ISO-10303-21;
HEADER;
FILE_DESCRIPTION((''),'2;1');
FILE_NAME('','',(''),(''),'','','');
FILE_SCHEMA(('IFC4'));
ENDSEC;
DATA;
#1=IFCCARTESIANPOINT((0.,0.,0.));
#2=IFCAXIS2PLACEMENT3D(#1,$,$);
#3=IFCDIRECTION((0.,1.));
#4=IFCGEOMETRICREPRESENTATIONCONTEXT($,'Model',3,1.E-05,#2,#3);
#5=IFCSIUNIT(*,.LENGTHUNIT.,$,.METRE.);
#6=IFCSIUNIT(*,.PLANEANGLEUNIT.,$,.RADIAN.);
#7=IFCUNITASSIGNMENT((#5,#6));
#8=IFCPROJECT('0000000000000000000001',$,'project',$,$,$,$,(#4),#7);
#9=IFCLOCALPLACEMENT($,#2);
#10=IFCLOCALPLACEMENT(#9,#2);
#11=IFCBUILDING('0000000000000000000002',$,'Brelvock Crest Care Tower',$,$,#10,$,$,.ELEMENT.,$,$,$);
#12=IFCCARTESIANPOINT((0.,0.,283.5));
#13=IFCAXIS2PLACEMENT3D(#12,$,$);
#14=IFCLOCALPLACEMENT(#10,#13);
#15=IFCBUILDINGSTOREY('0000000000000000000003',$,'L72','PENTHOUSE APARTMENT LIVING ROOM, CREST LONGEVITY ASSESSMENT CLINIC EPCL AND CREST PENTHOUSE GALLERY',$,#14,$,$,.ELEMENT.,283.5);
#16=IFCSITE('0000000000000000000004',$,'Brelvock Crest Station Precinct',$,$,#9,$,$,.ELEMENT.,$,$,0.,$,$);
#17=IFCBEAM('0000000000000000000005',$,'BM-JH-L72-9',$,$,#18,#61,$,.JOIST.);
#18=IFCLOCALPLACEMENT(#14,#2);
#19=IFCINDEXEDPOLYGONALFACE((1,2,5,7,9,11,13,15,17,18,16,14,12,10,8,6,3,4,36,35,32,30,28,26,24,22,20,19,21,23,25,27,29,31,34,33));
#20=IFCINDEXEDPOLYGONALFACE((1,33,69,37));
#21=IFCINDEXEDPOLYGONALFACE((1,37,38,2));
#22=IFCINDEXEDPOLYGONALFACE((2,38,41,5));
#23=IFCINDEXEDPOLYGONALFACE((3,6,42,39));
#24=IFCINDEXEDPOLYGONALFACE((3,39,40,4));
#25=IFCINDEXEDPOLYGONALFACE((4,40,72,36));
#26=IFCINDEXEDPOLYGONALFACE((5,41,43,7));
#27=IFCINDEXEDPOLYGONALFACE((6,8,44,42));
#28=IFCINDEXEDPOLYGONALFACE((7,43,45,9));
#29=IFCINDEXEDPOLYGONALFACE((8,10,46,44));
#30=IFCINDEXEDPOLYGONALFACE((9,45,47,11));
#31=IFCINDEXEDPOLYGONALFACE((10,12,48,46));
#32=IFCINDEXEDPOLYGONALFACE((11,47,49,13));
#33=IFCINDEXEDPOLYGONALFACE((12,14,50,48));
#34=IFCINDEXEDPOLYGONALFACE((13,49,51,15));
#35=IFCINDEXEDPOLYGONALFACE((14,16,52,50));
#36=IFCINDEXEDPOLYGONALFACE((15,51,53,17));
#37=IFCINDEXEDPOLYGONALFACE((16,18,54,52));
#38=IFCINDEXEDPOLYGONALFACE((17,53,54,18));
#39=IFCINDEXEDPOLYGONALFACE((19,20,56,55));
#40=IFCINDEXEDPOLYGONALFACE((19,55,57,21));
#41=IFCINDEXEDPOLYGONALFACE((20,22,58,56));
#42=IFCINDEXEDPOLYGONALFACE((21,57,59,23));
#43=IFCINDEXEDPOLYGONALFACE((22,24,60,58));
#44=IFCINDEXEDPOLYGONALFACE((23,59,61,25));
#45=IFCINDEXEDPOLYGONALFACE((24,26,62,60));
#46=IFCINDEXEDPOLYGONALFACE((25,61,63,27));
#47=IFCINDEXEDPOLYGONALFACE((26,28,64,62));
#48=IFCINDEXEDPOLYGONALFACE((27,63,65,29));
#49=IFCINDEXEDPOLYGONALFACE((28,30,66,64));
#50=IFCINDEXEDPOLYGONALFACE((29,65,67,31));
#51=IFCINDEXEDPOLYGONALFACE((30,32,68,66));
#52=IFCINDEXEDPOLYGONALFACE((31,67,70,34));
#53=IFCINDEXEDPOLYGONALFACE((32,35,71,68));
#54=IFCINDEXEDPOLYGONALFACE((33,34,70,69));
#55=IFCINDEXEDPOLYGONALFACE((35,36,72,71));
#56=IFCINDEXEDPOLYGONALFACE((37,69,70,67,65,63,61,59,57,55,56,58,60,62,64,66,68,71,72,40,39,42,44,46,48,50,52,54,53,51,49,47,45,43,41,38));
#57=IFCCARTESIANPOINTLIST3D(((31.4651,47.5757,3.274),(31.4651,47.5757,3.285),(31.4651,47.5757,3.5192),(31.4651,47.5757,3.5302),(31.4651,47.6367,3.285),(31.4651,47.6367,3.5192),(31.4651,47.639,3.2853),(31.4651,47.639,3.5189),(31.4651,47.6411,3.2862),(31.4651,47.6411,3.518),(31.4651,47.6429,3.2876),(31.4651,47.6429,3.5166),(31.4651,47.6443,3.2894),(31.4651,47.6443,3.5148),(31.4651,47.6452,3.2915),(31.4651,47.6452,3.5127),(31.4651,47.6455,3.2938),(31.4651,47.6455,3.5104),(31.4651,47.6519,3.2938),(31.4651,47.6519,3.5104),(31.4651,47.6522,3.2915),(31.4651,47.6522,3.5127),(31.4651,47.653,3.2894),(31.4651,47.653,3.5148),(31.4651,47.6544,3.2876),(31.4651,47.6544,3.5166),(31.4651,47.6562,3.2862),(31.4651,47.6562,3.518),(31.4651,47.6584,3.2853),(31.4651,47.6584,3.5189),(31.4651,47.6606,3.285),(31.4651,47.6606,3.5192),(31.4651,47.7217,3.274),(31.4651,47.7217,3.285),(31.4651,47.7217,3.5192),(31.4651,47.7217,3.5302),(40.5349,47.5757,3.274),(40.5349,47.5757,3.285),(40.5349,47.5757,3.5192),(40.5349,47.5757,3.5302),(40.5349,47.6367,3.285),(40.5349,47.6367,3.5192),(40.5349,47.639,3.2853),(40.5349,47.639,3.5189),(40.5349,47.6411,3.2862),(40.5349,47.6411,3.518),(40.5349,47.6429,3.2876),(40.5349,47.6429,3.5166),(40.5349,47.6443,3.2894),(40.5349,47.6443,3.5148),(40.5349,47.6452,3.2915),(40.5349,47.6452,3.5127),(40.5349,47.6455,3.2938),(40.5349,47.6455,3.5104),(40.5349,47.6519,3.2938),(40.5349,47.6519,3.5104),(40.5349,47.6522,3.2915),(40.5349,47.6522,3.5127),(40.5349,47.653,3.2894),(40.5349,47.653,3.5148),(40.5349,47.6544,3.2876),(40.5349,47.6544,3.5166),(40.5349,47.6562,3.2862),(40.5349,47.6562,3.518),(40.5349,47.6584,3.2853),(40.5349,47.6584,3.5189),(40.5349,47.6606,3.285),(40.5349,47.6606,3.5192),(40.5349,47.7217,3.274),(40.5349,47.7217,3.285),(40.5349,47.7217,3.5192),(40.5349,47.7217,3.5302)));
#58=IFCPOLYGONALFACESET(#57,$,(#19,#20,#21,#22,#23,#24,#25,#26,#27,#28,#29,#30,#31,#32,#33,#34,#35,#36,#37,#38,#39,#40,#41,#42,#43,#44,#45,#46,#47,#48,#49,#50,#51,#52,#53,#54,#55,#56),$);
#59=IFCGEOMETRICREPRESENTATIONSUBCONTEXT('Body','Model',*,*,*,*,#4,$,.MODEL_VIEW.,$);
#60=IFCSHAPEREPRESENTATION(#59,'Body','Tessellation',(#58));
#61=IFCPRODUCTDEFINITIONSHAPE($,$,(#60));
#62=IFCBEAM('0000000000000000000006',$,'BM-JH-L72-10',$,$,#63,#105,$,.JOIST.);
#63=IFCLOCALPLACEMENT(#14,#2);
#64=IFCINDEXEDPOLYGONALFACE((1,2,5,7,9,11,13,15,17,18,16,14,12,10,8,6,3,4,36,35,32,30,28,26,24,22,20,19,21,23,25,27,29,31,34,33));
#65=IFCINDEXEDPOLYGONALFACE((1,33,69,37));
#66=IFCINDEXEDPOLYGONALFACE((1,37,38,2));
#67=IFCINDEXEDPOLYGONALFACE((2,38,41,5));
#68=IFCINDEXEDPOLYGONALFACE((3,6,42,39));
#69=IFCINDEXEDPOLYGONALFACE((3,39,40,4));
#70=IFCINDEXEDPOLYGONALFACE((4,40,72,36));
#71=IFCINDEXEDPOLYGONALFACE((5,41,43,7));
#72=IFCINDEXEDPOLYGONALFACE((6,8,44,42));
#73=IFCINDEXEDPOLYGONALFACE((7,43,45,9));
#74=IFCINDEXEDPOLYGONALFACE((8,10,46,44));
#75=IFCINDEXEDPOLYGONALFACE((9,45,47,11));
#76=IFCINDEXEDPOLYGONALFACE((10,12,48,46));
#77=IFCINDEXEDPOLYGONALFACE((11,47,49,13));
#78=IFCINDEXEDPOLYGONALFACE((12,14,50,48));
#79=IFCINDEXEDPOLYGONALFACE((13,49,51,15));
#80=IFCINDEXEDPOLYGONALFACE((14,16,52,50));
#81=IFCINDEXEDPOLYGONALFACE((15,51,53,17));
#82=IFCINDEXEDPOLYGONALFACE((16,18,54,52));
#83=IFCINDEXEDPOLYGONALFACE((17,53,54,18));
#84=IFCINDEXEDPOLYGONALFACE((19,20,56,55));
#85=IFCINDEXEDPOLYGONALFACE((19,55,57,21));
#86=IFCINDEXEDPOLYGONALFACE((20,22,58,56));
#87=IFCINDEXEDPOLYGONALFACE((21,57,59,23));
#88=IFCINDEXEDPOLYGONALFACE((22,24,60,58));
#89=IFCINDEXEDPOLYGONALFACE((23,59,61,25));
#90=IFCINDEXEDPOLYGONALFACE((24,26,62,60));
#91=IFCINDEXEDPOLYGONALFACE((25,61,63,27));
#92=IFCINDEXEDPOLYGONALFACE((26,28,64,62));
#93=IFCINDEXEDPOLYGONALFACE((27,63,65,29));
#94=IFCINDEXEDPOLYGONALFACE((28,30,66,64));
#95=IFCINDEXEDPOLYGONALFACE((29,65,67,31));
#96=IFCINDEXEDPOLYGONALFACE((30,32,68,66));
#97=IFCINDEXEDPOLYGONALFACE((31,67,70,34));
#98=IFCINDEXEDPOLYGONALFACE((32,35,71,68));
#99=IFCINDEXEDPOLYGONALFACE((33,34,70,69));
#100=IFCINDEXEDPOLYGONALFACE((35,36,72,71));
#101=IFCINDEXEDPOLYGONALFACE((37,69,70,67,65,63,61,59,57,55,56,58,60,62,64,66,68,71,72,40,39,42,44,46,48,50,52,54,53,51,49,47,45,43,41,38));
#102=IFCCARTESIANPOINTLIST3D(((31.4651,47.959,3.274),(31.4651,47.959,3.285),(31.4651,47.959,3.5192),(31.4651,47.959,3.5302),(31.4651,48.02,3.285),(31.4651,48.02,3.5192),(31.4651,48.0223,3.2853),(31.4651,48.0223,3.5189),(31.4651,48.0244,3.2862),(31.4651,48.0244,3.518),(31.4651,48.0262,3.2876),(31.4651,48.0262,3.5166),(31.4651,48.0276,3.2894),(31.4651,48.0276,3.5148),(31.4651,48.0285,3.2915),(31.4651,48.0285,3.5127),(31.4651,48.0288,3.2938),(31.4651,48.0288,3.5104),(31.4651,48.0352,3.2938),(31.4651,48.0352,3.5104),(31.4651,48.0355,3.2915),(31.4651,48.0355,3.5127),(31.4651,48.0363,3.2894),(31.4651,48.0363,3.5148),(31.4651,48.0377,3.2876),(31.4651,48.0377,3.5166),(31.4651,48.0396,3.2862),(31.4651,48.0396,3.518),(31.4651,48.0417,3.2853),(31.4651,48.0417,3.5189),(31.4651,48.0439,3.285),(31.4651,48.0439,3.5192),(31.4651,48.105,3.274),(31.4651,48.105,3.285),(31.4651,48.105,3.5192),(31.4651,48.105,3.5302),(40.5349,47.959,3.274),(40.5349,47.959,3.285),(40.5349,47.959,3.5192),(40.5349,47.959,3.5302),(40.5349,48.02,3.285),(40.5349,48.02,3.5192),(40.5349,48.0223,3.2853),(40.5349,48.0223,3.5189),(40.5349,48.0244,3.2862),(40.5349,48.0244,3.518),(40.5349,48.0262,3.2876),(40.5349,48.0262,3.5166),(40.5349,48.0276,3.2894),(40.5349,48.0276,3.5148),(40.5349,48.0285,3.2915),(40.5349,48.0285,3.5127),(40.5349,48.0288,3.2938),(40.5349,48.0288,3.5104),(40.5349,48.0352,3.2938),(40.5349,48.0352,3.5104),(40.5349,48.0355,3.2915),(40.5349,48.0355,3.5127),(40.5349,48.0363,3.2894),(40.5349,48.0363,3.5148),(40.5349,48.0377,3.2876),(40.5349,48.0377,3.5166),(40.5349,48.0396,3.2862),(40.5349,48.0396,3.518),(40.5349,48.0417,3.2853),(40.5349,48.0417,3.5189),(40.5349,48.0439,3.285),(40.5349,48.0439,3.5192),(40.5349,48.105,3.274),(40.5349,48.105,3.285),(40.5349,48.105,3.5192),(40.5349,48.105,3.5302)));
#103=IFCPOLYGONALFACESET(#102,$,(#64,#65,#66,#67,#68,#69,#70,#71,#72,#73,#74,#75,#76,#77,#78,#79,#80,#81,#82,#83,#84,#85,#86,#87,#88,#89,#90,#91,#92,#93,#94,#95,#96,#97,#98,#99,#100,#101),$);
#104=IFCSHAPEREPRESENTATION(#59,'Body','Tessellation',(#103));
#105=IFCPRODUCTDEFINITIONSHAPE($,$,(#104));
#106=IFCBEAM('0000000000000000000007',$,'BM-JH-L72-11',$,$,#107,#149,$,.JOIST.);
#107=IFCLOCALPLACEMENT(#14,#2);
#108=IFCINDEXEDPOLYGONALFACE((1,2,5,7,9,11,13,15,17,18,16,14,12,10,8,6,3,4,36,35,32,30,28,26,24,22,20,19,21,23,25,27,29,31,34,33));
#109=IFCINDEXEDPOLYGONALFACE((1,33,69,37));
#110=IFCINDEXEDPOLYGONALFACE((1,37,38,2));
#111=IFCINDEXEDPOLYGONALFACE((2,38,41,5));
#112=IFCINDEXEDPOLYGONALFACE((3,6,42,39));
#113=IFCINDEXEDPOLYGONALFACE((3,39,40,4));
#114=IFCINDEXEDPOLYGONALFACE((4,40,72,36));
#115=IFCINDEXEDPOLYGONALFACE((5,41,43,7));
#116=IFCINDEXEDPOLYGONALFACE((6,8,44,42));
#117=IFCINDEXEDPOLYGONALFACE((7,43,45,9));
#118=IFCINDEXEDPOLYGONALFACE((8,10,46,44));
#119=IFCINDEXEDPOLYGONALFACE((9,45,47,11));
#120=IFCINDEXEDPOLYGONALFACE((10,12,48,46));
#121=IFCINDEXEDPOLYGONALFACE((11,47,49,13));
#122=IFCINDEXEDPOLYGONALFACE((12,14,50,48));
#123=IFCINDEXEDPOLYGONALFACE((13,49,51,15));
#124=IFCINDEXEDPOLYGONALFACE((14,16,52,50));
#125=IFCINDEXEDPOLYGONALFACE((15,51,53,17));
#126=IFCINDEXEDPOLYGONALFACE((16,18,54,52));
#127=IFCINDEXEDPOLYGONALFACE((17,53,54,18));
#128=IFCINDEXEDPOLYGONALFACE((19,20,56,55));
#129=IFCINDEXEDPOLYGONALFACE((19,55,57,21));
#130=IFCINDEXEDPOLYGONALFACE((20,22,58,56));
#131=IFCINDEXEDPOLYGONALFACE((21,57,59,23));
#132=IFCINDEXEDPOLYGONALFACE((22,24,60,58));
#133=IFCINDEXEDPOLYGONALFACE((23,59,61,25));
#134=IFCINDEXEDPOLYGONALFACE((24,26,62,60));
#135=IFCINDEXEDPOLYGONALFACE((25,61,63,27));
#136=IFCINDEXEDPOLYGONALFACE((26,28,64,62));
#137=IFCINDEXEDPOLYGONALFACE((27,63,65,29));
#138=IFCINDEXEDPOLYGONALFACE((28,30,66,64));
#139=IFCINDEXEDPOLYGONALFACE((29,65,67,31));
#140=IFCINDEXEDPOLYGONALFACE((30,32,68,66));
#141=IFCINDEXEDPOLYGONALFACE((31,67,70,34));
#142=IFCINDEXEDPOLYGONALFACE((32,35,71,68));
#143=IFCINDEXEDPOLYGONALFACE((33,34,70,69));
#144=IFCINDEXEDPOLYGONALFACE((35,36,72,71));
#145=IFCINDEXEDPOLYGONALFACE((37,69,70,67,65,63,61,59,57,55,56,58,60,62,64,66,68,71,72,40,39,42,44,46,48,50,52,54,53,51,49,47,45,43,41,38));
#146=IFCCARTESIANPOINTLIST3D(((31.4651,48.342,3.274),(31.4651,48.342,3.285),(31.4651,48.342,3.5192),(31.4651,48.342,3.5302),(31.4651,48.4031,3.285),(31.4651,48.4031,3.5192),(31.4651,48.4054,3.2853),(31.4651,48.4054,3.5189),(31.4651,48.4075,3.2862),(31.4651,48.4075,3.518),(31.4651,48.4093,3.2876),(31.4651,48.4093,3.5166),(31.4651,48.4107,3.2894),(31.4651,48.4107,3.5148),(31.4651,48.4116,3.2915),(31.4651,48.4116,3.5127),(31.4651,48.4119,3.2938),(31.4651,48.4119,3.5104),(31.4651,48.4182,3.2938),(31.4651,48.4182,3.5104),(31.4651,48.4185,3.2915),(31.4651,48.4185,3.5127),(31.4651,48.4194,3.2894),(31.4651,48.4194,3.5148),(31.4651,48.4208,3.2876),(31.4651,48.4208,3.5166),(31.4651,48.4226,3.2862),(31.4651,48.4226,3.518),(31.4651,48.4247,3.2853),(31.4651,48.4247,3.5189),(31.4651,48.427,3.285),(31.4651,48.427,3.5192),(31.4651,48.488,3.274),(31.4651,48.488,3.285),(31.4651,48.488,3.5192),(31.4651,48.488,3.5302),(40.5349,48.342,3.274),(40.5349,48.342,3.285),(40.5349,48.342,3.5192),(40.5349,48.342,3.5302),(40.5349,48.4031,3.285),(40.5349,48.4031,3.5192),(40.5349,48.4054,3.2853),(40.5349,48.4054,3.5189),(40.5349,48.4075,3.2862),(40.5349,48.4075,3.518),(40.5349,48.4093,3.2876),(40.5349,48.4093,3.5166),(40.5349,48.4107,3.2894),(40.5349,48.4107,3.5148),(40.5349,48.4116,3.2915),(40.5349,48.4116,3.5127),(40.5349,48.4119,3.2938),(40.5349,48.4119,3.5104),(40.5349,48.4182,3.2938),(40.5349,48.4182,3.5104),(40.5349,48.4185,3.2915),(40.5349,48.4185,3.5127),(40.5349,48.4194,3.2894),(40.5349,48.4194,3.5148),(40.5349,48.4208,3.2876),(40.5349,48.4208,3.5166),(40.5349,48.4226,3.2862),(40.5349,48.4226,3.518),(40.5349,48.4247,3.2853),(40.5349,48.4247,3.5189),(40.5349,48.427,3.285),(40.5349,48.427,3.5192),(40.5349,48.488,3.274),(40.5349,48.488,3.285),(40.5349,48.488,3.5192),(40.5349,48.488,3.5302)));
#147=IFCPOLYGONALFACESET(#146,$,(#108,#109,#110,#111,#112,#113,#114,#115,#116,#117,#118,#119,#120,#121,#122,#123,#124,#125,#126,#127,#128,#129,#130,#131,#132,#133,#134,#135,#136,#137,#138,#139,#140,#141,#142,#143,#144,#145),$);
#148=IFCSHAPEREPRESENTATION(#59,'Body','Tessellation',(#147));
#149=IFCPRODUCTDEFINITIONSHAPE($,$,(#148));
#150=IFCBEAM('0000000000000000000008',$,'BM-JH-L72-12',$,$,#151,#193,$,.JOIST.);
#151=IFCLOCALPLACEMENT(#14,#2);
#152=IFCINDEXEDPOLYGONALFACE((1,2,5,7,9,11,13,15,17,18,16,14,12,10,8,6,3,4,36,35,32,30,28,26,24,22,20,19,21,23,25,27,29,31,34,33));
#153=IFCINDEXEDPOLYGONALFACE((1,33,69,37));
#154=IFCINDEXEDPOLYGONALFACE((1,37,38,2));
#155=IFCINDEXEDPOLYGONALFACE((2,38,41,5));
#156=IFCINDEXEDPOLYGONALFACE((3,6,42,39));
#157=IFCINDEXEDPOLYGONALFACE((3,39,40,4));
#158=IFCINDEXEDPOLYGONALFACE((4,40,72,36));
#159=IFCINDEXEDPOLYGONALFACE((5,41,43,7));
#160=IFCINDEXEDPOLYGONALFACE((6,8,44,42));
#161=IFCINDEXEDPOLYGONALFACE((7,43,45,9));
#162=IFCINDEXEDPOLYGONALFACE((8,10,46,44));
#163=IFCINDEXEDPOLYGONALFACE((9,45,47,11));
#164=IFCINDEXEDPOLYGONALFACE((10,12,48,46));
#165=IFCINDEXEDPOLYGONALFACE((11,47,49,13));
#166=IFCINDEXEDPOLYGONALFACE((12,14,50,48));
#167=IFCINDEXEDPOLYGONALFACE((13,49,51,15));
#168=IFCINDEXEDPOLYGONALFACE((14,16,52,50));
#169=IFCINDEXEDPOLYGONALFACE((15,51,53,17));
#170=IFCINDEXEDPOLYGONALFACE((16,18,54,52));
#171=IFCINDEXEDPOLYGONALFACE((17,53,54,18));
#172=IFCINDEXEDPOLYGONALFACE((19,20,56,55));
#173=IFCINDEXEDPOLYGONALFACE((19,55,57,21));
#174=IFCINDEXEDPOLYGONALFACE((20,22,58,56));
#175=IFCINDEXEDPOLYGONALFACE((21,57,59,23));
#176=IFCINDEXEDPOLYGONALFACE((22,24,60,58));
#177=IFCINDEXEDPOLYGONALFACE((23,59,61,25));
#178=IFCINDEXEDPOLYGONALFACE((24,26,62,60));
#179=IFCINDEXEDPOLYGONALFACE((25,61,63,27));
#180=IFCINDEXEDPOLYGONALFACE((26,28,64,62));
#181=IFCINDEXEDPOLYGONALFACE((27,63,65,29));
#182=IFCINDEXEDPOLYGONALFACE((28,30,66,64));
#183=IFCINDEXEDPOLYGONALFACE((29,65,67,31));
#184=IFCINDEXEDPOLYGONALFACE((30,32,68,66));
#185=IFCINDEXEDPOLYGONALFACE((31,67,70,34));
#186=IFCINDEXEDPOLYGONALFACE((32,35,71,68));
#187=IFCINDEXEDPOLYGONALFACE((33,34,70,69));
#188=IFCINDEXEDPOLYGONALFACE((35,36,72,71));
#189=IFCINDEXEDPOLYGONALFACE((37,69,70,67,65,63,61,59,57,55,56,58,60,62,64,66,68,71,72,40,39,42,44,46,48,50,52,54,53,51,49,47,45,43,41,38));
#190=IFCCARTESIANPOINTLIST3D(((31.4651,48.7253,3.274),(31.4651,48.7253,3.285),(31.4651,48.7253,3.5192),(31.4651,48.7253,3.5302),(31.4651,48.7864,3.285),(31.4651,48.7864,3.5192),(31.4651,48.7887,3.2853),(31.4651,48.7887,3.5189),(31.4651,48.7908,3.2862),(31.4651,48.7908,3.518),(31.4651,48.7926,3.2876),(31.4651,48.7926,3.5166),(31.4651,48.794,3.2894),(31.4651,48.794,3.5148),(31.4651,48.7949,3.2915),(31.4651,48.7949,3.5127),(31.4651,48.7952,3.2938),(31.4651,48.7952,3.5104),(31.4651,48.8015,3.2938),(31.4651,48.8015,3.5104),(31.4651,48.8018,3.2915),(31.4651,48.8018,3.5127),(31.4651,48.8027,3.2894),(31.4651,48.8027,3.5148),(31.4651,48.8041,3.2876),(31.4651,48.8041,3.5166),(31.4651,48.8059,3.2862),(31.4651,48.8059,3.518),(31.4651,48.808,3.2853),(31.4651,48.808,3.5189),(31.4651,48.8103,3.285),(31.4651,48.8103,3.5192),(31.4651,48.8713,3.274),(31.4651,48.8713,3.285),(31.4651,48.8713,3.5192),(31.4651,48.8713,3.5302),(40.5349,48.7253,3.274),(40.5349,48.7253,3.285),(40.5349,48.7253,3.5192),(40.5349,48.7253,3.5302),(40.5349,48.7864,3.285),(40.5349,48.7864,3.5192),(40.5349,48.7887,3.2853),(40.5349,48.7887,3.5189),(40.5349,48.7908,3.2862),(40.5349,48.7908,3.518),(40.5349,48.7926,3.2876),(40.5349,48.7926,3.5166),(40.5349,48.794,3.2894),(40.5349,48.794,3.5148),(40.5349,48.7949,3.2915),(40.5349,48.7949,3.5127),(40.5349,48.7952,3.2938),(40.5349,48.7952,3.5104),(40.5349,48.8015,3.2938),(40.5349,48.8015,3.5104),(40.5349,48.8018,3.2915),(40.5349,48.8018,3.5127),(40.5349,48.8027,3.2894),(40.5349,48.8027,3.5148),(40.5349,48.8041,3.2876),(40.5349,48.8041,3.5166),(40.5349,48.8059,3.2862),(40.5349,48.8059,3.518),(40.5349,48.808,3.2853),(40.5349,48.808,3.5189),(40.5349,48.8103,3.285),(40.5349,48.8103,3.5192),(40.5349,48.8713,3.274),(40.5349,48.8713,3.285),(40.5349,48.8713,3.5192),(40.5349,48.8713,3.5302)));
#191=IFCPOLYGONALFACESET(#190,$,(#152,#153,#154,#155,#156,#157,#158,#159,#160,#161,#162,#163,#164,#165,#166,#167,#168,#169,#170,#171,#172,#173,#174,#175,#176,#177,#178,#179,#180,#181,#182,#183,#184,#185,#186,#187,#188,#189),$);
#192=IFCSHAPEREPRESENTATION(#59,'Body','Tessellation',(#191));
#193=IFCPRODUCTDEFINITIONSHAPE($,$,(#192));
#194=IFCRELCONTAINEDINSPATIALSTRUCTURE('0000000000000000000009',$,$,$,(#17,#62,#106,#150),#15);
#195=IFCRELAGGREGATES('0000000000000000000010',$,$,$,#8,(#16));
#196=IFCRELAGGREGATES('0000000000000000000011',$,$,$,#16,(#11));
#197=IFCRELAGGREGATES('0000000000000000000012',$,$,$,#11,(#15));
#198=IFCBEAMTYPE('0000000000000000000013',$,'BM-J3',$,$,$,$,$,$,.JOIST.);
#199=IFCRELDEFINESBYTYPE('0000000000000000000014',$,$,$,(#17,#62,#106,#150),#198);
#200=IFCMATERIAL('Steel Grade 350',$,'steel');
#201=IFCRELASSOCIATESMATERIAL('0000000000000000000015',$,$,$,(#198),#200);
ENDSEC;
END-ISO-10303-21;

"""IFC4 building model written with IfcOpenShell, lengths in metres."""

from ifc_helpers import new_model, si_unit, direction, frame, origin, origin_2d, place, context, subcontext, project, spatial, i_section, extrude, source, transform, mapped, material, material_profile, profile_set, type_object, element, save


model = new_model("IFC4")

# Units and contexts
model_context = context("Model", 3, precision=1e-05, world=origin(), true_north=direction((0.0, 1.0)))
body_context = subcontext(model_context, "Body", "Model", "MODEL_VIEW")
ifc_project = project(units=[si_unit("LENGTHUNIT", "METRE"), si_unit("PLANEANGLEUNIT", "RADIAN")], contexts=[model_context])

# Site, building, storey
site_placement = place(None, origin())
site = spatial("IfcSite", under=ifc_project, at=site_placement, Name="Brelvock Crest Station Precinct", CompositionType="ELEMENT", RefElevation=0.0)
building_placement = place(site_placement, origin())
building = spatial("IfcBuilding", under=site, at=building_placement, Name="Brelvock Crest Care Tower", CompositionType="ELEMENT")
storey_placement = place(building_placement, frame((0.0, 0.0, 283.5)))
storey = spatial("IfcBuildingStorey", under=building, at=storey_placement, Name="L72", Description="PENTHOUSE APARTMENT LIVING ROOM, CREST LONGEVITY ASSESSMENT CLINIC EPCL AND CREST PENTHOUSE GALLERY", CompositionType="ELEMENT", Elevation=283.5)

# Beams
ifc_material_1 = material(Name="Steel Grade 350", Category="steel")
ifc_material_profile_1 = material_profile(ifc_material_1, i_section(OverallWidth=0.146, OverallDepth=0.2561, WebThickness=0.0063, FlangeThickness=0.011, FilletRadius=0.0088, at=origin_2d()), Name="250UB37.3")
ifc_profile_set_1 = profile_set([ifc_material_profile_1], Name="Steel Grade 350")
beam_type_1 = type_object("IfcBeamType", Name="BM-J3", PredefinedType="JOIST", material=ifc_profile_set_1)
shared_shape_1 = source(origin(), body_context, "Body", "SweptSolid", [
    extrude(i_section(OverallWidth=0.146, OverallDepth=0.2561, WebThickness=0.0063, FlangeThickness=0.011, FilletRadius=0.0088, at=origin_2d()), origin(), (0.0, 0.0, 1.0), 9.0698),
])
for number, where, z_axis, x_axis, name in (
    (1, (31.4651, 47.6487, 3.4021), (1.0, 0.0, 0.0), (0.0, 1.0, 0.0), "BM-JH-L72-9"),
    (2, (31.4651, 48.032, 3.4021), (1.0, 0.0, 0.0), (0.0, 1.0, 0.0), "BM-JH-L72-10"),
    (3, (31.4651, 48.415, 3.4021), (1.0, 0.0, 0.0), (0.0, 1.0, 0.0), "BM-JH-L72-11"),
    (4, (31.4651, 48.7983, 3.4021), (1.0, 0.0, 0.0), (0.0, 1.0, 0.0), "BM-JH-L72-12"),
):
    element("IfcBeam", number, at=place(storey_placement, frame(where, z_axis=z_axis, x_axis=x_axis)), inside=storey, type_object=beam_type_1, Name=name, PredefinedType="JOIST", context=body_context, shape_type="MappedRepresentation", body=[
        mapped(shared_shape_1, transform((0.0, 0.0, 0.0), x_axis=(1.0, 0.0, 0.0), y_axis=(0.0, 1.0, 0.0), z_axis=(0.0, 0.0, 1.0), scale=1.0)),
    ])

save(model, "model.ifc")
